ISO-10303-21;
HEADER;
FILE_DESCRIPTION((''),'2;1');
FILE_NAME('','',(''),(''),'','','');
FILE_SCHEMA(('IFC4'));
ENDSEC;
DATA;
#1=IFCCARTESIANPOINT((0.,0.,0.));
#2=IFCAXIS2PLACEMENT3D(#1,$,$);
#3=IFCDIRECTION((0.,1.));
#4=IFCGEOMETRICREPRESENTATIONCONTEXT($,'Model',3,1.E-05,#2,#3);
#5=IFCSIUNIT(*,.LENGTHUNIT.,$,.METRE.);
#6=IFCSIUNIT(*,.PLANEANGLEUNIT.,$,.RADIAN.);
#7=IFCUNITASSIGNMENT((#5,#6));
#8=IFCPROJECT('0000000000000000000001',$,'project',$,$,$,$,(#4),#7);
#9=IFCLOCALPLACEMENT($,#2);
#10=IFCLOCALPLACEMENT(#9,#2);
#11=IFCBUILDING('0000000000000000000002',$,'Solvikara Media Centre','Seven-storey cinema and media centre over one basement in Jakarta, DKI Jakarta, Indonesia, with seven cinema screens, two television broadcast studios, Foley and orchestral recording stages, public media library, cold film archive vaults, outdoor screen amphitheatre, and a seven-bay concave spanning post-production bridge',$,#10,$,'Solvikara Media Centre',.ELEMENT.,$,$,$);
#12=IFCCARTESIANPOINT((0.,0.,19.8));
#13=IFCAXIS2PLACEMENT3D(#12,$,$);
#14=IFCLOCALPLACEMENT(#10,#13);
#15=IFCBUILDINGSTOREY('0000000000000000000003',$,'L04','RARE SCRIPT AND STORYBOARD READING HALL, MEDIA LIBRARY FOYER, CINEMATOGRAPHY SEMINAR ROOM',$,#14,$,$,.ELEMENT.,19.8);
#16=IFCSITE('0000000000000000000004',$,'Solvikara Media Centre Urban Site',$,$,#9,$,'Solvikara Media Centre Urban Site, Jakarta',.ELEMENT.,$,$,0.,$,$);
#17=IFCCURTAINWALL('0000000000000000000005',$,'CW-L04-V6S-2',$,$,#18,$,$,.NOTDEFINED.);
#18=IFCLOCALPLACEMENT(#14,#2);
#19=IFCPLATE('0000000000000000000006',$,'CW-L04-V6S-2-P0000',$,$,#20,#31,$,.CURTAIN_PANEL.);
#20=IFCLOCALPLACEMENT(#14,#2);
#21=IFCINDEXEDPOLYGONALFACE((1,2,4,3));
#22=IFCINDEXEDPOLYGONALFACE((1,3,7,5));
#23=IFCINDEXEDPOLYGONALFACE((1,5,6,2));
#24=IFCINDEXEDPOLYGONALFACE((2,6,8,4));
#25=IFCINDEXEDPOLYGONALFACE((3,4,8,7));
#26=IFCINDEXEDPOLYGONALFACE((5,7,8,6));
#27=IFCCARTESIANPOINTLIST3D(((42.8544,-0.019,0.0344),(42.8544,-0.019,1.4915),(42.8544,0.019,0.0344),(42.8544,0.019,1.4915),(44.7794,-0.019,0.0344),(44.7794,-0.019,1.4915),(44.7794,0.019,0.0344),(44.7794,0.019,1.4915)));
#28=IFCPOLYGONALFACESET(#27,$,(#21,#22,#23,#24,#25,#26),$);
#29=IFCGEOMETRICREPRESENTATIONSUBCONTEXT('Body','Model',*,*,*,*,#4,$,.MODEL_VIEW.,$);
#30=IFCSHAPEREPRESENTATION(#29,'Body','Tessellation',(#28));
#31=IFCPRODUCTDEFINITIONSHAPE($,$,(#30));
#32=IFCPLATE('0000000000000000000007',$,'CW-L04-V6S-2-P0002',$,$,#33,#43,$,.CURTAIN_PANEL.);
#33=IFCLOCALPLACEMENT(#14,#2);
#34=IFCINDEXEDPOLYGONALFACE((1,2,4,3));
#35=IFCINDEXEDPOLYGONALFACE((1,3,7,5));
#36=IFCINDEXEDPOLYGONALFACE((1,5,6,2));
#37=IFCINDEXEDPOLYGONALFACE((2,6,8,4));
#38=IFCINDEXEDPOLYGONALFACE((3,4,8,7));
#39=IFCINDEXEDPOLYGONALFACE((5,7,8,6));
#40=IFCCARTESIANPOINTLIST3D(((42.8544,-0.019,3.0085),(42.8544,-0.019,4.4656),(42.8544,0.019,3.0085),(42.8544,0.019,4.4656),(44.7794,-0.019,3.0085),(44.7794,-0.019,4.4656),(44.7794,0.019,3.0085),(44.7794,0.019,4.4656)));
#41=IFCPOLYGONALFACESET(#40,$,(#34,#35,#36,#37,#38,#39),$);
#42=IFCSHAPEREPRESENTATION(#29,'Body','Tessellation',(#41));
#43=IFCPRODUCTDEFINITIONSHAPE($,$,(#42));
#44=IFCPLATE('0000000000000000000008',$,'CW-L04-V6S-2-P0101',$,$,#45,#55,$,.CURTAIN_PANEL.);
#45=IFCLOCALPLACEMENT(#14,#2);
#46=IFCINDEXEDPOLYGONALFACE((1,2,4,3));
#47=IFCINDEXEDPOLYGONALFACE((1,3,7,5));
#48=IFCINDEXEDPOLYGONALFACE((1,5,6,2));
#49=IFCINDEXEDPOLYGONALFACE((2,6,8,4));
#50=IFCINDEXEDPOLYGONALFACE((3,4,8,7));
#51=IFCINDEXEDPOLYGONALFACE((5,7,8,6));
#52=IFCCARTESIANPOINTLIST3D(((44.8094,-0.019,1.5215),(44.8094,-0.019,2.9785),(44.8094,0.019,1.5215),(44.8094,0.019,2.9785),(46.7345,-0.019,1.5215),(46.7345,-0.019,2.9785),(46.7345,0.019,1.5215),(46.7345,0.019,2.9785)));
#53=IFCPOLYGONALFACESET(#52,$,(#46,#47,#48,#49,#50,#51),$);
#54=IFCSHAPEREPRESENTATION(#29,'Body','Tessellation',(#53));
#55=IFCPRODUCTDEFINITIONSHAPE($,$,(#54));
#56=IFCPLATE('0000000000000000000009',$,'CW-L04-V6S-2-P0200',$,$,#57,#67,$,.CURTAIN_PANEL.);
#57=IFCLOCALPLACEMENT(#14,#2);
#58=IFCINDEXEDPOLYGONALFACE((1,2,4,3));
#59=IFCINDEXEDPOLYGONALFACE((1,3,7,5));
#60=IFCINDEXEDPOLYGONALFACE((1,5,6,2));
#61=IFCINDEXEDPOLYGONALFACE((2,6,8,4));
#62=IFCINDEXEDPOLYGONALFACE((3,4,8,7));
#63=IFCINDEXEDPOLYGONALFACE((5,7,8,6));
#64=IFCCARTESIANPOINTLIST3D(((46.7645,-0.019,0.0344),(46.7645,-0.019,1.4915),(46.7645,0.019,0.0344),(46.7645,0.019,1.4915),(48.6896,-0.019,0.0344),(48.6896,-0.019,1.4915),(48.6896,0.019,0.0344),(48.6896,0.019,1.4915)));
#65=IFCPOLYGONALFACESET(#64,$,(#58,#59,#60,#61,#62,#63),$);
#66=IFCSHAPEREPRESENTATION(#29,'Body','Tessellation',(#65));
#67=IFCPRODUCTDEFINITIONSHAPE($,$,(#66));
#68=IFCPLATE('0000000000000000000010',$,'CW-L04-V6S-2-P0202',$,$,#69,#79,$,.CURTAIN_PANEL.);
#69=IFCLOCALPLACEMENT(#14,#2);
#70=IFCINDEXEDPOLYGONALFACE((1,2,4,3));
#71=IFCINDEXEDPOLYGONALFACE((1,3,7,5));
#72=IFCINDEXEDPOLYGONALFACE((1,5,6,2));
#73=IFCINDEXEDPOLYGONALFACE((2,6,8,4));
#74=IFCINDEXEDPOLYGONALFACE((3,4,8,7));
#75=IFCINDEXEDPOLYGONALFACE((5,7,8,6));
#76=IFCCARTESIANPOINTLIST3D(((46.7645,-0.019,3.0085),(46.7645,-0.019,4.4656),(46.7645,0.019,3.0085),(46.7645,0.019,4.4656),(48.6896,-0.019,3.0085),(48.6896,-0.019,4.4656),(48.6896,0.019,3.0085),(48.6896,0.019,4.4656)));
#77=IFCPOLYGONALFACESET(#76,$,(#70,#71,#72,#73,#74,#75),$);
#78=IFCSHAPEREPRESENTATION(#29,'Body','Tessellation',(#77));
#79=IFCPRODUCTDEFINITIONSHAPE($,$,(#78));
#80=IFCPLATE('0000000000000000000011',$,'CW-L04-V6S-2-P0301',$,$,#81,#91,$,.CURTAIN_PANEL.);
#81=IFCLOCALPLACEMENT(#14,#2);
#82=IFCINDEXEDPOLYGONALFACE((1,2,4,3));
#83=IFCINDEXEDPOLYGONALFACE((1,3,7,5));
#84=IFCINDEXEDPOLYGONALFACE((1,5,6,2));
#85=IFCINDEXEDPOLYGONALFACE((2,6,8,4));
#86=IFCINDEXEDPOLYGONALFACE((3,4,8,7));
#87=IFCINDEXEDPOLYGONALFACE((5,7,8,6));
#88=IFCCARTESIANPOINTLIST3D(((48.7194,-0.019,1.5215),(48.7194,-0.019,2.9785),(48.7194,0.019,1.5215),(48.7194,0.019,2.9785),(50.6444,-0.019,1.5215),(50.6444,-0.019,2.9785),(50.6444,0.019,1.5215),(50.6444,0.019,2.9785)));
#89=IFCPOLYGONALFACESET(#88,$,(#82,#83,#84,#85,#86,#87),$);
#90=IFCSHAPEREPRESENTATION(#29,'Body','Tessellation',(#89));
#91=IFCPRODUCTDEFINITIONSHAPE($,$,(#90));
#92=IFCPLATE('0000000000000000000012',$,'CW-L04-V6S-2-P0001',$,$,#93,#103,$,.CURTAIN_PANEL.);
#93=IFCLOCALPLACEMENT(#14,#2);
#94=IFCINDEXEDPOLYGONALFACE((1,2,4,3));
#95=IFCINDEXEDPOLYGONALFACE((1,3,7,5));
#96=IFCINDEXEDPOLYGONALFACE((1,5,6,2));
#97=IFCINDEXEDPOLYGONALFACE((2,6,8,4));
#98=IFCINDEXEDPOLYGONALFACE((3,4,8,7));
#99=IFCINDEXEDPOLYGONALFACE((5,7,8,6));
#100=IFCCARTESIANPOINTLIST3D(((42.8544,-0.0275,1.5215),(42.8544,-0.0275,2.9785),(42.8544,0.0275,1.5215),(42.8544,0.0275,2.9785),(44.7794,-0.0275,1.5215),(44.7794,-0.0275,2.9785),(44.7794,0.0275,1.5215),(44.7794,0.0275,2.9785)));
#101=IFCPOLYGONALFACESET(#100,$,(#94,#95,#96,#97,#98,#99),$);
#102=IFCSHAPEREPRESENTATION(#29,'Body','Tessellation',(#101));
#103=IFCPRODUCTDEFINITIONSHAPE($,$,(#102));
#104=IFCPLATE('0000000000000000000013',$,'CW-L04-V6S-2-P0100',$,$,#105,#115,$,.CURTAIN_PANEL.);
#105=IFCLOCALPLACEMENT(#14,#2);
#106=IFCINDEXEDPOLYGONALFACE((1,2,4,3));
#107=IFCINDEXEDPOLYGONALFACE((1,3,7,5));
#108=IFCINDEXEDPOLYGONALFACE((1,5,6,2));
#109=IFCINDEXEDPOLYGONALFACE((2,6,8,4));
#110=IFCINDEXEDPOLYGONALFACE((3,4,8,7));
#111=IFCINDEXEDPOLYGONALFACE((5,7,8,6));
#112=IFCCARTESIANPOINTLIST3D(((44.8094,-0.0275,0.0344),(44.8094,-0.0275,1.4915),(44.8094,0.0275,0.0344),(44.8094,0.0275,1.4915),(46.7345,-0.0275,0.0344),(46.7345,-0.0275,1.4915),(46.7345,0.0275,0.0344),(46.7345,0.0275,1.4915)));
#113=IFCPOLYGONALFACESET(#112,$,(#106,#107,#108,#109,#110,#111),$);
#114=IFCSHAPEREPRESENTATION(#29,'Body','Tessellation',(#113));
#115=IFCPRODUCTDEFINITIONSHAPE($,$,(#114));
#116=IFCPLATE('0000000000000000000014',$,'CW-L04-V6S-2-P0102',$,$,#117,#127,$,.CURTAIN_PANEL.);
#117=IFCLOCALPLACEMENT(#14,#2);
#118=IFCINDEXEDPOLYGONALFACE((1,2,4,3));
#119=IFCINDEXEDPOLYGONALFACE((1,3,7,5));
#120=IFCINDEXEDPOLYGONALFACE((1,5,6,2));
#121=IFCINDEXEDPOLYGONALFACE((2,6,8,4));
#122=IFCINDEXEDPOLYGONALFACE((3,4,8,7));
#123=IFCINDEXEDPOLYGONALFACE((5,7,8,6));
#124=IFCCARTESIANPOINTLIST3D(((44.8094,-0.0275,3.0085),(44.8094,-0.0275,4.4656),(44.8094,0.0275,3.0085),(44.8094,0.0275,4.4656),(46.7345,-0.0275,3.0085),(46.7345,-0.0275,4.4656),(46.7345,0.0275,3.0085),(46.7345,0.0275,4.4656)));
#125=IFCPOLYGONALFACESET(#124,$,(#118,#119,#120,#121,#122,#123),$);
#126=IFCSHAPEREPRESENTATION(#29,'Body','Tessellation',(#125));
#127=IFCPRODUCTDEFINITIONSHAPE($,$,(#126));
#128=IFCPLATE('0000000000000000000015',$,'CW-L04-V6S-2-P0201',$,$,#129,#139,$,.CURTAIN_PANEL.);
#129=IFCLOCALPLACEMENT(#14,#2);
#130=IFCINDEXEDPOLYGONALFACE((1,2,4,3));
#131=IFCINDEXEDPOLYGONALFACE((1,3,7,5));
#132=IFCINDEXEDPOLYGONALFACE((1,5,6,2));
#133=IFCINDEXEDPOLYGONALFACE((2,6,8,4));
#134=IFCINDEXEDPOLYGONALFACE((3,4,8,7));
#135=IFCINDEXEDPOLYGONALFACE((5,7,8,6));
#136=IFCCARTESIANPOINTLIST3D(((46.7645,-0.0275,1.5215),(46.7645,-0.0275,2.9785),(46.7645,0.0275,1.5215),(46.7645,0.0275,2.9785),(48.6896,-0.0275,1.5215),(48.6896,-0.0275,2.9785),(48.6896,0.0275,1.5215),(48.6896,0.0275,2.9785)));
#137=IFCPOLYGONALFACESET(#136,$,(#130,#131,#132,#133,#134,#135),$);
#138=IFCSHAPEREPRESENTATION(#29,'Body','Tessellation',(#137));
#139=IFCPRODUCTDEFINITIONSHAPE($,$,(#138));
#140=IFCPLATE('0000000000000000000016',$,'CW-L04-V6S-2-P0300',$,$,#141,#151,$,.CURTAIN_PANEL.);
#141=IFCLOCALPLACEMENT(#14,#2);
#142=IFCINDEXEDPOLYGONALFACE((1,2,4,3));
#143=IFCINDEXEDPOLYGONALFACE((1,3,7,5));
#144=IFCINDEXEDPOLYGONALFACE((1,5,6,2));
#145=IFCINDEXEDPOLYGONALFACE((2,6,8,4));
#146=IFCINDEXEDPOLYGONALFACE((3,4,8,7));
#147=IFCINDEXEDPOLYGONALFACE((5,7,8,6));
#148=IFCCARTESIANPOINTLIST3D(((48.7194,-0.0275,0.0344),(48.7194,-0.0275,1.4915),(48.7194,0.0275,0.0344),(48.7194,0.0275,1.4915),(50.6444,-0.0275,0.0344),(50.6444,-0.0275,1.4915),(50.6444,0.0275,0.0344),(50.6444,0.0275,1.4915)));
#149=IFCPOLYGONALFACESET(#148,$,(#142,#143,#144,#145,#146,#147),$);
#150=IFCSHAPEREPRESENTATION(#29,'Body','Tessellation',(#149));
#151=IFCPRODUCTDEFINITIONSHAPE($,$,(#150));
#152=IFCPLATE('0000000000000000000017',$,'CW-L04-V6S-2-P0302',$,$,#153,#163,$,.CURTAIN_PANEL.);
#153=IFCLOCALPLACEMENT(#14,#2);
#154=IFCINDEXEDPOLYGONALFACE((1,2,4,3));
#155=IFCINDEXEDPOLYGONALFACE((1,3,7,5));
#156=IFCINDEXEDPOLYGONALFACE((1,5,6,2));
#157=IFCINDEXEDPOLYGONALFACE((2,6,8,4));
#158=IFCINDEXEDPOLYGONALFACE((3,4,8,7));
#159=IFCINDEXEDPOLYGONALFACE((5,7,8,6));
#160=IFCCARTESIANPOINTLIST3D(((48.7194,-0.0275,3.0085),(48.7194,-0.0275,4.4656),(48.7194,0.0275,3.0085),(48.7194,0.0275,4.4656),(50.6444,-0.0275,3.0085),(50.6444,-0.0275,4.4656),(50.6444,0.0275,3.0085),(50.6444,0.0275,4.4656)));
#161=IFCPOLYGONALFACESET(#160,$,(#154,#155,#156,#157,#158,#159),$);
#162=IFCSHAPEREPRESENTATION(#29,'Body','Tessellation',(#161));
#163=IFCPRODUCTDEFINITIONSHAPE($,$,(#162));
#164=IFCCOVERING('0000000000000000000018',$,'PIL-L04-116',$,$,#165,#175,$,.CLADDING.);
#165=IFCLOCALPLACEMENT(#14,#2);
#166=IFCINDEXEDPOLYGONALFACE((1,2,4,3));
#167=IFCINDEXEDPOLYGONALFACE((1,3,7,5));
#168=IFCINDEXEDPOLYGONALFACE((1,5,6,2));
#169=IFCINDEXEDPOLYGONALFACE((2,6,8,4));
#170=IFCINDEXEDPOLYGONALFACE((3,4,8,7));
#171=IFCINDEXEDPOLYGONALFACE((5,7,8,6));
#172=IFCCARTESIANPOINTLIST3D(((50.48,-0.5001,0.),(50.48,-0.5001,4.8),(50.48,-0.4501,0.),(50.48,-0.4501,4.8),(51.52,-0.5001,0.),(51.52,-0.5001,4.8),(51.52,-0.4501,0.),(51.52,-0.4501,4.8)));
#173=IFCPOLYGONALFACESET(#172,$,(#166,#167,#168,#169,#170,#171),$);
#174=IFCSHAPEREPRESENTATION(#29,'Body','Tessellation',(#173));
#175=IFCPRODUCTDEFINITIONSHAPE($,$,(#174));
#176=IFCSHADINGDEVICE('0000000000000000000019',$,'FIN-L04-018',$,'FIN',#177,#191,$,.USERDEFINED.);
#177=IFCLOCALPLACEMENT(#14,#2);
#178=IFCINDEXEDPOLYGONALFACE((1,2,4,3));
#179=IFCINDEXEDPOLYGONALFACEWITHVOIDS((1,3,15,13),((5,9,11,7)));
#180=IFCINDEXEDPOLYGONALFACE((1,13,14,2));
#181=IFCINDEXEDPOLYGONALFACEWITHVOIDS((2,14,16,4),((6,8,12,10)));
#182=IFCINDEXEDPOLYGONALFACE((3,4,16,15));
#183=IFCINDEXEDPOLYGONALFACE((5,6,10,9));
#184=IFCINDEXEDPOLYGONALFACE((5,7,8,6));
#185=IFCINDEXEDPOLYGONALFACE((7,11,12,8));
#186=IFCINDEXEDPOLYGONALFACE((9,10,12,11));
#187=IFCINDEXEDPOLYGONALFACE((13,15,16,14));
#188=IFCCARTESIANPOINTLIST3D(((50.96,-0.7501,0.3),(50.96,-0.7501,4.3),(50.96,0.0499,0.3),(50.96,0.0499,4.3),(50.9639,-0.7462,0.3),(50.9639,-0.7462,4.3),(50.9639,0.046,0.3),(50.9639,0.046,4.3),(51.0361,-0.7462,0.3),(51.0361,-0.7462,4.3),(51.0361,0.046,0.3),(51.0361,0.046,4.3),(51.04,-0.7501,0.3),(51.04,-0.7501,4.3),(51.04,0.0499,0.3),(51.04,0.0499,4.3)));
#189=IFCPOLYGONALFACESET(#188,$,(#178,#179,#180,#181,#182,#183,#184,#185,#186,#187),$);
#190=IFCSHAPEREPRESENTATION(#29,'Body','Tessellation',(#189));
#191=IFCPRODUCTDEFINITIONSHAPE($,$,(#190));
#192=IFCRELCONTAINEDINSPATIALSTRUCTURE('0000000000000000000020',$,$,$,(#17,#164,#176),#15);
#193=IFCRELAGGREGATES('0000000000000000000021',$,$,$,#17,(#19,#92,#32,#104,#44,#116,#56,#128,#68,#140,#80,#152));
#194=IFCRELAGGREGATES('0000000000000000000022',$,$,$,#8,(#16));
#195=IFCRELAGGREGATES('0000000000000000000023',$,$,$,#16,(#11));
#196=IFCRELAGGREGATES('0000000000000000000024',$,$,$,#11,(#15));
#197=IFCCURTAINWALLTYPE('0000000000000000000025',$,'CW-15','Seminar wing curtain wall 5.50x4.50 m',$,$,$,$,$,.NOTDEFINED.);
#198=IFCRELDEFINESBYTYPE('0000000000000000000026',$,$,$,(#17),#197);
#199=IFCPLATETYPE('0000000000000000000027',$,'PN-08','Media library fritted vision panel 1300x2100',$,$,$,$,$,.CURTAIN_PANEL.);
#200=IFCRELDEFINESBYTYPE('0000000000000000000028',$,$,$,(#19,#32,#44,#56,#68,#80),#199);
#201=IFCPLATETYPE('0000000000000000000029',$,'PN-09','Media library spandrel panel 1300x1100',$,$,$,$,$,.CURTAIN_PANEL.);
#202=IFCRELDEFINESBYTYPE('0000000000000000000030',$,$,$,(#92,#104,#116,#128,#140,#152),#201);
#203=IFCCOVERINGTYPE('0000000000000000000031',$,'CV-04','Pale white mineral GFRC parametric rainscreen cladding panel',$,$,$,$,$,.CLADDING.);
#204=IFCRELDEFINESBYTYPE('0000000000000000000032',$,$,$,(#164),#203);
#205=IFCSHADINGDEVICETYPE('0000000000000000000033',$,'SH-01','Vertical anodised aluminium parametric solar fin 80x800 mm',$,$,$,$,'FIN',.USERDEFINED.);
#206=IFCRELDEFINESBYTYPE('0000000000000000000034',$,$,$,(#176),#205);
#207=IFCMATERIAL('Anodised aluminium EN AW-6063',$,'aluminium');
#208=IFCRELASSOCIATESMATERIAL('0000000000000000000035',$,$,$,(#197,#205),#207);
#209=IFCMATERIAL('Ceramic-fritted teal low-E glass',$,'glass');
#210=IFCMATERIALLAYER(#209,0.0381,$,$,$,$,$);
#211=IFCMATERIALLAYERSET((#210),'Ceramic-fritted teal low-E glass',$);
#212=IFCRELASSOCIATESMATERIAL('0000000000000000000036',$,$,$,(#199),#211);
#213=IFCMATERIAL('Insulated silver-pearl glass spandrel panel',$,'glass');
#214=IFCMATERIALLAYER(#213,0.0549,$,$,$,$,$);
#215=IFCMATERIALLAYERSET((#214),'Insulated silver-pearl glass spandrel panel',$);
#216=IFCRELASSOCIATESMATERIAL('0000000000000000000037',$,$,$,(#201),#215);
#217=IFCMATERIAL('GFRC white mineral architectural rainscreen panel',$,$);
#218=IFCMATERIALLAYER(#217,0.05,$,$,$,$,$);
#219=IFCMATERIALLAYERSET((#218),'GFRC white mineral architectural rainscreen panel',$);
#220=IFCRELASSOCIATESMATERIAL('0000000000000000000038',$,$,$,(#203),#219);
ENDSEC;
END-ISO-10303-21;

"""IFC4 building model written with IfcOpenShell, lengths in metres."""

from ifc_helpers import new_model, si_unit, direction, frame, origin, origin_2d, place, context, subcontext, project, spatial, rectangle, hollow_rectangle, extrude, material, layer, layer_set, material_profile, profile_set, type_object, element, aggregate, save


model = new_model("IFC4")

# Units and contexts
model_context = context("Model", 3, precision=1e-05, world=origin(), true_north=direction((0.0, 1.0)))
body_context = subcontext(model_context, "Body", "Model", "MODEL_VIEW")
ifc_project = project(units=[si_unit("LENGTHUNIT", "METRE"), si_unit("PLANEANGLEUNIT", "RADIAN")], contexts=[model_context])

# Site, building, storey
site_placement = place(None, origin())
site = spatial("IfcSite", under=ifc_project, at=site_placement, Name="Solvikara Media Centre Urban Site", LongName="Solvikara Media Centre Urban Site, Jakarta", CompositionType="ELEMENT", RefElevation=0.0)
building_placement = place(site_placement, origin())
building = spatial("IfcBuilding", under=site, at=building_placement, Name="Solvikara Media Centre", Description="Seven-storey cinema and media centre over one basement in Jakarta, DKI Jakarta, Indonesia, with seven cinema screens, two television broadcast studios, Foley and orchestral recording stages, public media library, cold film archive vaults, outdoor screen amphitheatre, and a seven-bay concave spanning post-production bridge", LongName="Solvikara Media Centre", CompositionType="ELEMENT")
storey_placement = place(building_placement, frame((0.0, 0.0, 19.8)))
storey = spatial("IfcBuildingStorey", under=building, at=storey_placement, Name="L04", Description="RARE SCRIPT AND STORYBOARD READING HALL, MEDIA LIBRARY FOYER, CINEMATOGRAPHY SEMINAR ROOM", CompositionType="ELEMENT", Elevation=19.8)

# Curtain wall
ifc_material_1 = material(Name="Anodised aluminium EN AW-6063", Category="aluminium")
curtain_wall_type = type_object("IfcCurtainWallType", Name="CW-15", Description="Seminar wing curtain wall 5.50x4.50 m", PredefinedType="NOTDEFINED", material=ifc_material_1)
curtain_wall_placement = place(storey_placement, origin())
curtain_wall = element("IfcCurtainWall", 1, at=curtain_wall_placement, inside=storey, type_object=curtain_wall_type, Name="CW-L04-V6S-2", PredefinedType="NOTDEFINED")

# Plates
ifc_material_2 = material(Name="Ceramic-fritted teal low-E glass", Category="glass")
ifc_layer_1 = layer(ifc_material_2, 0.0381)
ifc_layer_set_1 = layer_set([ifc_layer_1], Name="Ceramic-fritted teal low-E glass")
plate_type_1 = type_object("IfcPlateType", Name="PN-08", Description="Media library fritted vision panel 1300x2100", PredefinedType="CURTAIN_PANEL", material=ifc_layer_set_1)
plate_1_placement = place(storey_placement, frame((43.8169, 0.0, 0.0344), z_axis=(0.0, 0.0, 1.0), x_axis=(1.0, 0.0, 0.0)))
plate_1 = element("IfcPlate", 2, at=plate_1_placement, type_object=plate_type_1, Name="CW-L04-V6S-2-P0000", PredefinedType="CURTAIN_PANEL", context=body_context, shape_type="SweptSolid", body=[
    extrude(rectangle(XDim=1.925, YDim=0.0381, at=origin_2d()), origin(), (0.0, 0.0, 1.0), 1.457),
])
plate_2_placement = place(storey_placement, frame((43.8169, 0.0, 3.0085), z_axis=(0.0, 0.0, 1.0), x_axis=(1.0, 0.0, 0.0)))
plate_2 = element("IfcPlate", 3, at=plate_2_placement, type_object=plate_type_1, Name="CW-L04-V6S-2-P0002", PredefinedType="CURTAIN_PANEL", context=body_context, shape_type="SweptSolid", body=[
    extrude(rectangle(XDim=1.925, YDim=0.0381, at=origin_2d()), origin(), (0.0, 0.0, 1.0), 1.457),
])
plate_3_placement = place(storey_placement, frame((45.772, 0.0, 1.5215), z_axis=(0.0, 0.0, 1.0), x_axis=(1.0, 0.0, 0.0)))
plate_3 = element("IfcPlate", 4, at=plate_3_placement, type_object=plate_type_1, Name="CW-L04-V6S-2-P0101", PredefinedType="CURTAIN_PANEL", context=body_context, shape_type="SweptSolid", body=[
    extrude(rectangle(XDim=1.925, YDim=0.0381, at=origin_2d()), origin(), (0.0, 0.0, 1.0), 1.457),
])
plate_4_placement = place(storey_placement, frame((47.7271, 0.0, 0.0344), z_axis=(0.0, 0.0, 1.0), x_axis=(1.0, 0.0, 0.0)))
plate_4 = element("IfcPlate", 5, at=plate_4_placement, type_object=plate_type_1, Name="CW-L04-V6S-2-P0200", PredefinedType="CURTAIN_PANEL", context=body_context, shape_type="SweptSolid", body=[
    extrude(rectangle(XDim=1.925, YDim=0.0381, at=origin_2d()), origin(), (0.0, 0.0, 1.0), 1.457),
])
plate_5_placement = place(storey_placement, frame((47.7271, 0.0, 3.0085), z_axis=(0.0, 0.0, 1.0), x_axis=(1.0, 0.0, 0.0)))
plate_5 = element("IfcPlate", 6, at=plate_5_placement, type_object=plate_type_1, Name="CW-L04-V6S-2-P0202", PredefinedType="CURTAIN_PANEL", context=body_context, shape_type="SweptSolid", body=[
    extrude(rectangle(XDim=1.925, YDim=0.0381, at=origin_2d()), origin(), (0.0, 0.0, 1.0), 1.457),
])
plate_6_placement = place(storey_placement, frame((49.6819, 0.0, 1.5215), z_axis=(0.0, 0.0, 1.0), x_axis=(1.0, 0.0, 0.0)))
plate_6 = element("IfcPlate", 7, at=plate_6_placement, type_object=plate_type_1, Name="CW-L04-V6S-2-P0301", PredefinedType="CURTAIN_PANEL", context=body_context, shape_type="SweptSolid", body=[
    extrude(rectangle(XDim=1.925, YDim=0.0381, at=origin_2d()), origin(), (0.0, 0.0, 1.0), 1.457),
])
ifc_material_3 = material(Name="Insulated silver-pearl glass spandrel panel", Category="glass")
ifc_layer_2 = layer(ifc_material_3, 0.0549)
ifc_layer_set_2 = layer_set([ifc_layer_2], Name="Insulated silver-pearl glass spandrel panel")
plate_type_2 = type_object("IfcPlateType", Name="PN-09", Description="Media library spandrel panel 1300x1100", PredefinedType="CURTAIN_PANEL", material=ifc_layer_set_2)
plate_7_placement = place(storey_placement, frame((43.8169, 0.0, 1.5215), z_axis=(0.0, 0.0, 1.0), x_axis=(1.0, 0.0, 0.0)))
plate_7 = element("IfcPlate", 8, at=plate_7_placement, type_object=plate_type_2, Name="CW-L04-V6S-2-P0001", PredefinedType="CURTAIN_PANEL", context=body_context, shape_type="SweptSolid", body=[
    extrude(rectangle(XDim=1.925, YDim=0.0549, at=origin_2d()), origin(), (0.0, 0.0, 1.0), 1.457),
])
plate_8_placement = place(storey_placement, frame((45.772, 0.0, 0.0344), z_axis=(0.0, 0.0, 1.0), x_axis=(1.0, 0.0, 0.0)))
plate_8 = element("IfcPlate", 9, at=plate_8_placement, type_object=plate_type_2, Name="CW-L04-V6S-2-P0100", PredefinedType="CURTAIN_PANEL", context=body_context, shape_type="SweptSolid", body=[
    extrude(rectangle(XDim=1.925, YDim=0.0549, at=origin_2d()), origin(), (0.0, 0.0, 1.0), 1.457),
])
plate_9_placement = place(storey_placement, frame((45.772, 0.0, 3.0085), z_axis=(0.0, 0.0, 1.0), x_axis=(1.0, 0.0, 0.0)))
plate_9 = element("IfcPlate", 10, at=plate_9_placement, type_object=plate_type_2, Name="CW-L04-V6S-2-P0102", PredefinedType="CURTAIN_PANEL", context=body_context, shape_type="SweptSolid", body=[
    extrude(rectangle(XDim=1.925, YDim=0.0549, at=origin_2d()), origin(), (0.0, 0.0, 1.0), 1.457),
])
plate_10_placement = place(storey_placement, frame((47.7271, 0.0, 1.5215), z_axis=(0.0, 0.0, 1.0), x_axis=(1.0, 0.0, 0.0)))
plate_10 = element("IfcPlate", 11, at=plate_10_placement, type_object=plate_type_2, Name="CW-L04-V6S-2-P0201", PredefinedType="CURTAIN_PANEL", context=body_context, shape_type="SweptSolid", body=[
    extrude(rectangle(XDim=1.925, YDim=0.0549, at=origin_2d()), origin(), (0.0, 0.0, 1.0), 1.457),
])
plate_11_placement = place(storey_placement, frame((49.6819, 0.0, 0.0344), z_axis=(0.0, 0.0, 1.0), x_axis=(1.0, 0.0, 0.0)))
plate_11 = element("IfcPlate", 12, at=plate_11_placement, type_object=plate_type_2, Name="CW-L04-V6S-2-P0300", PredefinedType="CURTAIN_PANEL", context=body_context, shape_type="SweptSolid", body=[
    extrude(rectangle(XDim=1.925, YDim=0.0549, at=origin_2d()), origin(), (0.0, 0.0, 1.0), 1.457),
])
plate_12_placement = place(storey_placement, frame((49.6819, 0.0, 3.0085), z_axis=(0.0, 0.0, 1.0), x_axis=(1.0, 0.0, 0.0)))
plate_12 = element("IfcPlate", 13, at=plate_12_placement, type_object=plate_type_2, Name="CW-L04-V6S-2-P0302", PredefinedType="CURTAIN_PANEL", context=body_context, shape_type="SweptSolid", body=[
    extrude(rectangle(XDim=1.925, YDim=0.0549, at=origin_2d()), origin(), (0.0, 0.0, 1.0), 1.457),
])
aggregate(curtain_wall, [plate_1, plate_7, plate_2, plate_8, plate_3, plate_9, plate_4, plate_10, plate_5, plate_11, plate_6, plate_12])

# Covering
ifc_material_4 = material(Name="GFRC white mineral architectural rainscreen panel")
ifc_layer_3 = layer(ifc_material_4, 0.05)
ifc_layer_set_3 = layer_set([ifc_layer_3], Name="GFRC white mineral architectural rainscreen panel")
covering_type = type_object("IfcCoveringType", Name="CV-04", Description="Pale white mineral GFRC parametric rainscreen cladding panel", PredefinedType="CLADDING", material=ifc_layer_set_3)
covering_placement = place(storey_placement, frame((51.0, -0.4751, 0.0), z_axis=(0.0, 0.0, 1.0), x_axis=(1.0, 0.0, 0.0)))
element("IfcCovering", 14, at=covering_placement, inside=storey, type_object=covering_type, Name="PIL-L04-116", PredefinedType="CLADDING", context=body_context, shape_type="SweptSolid", body=[
    extrude(rectangle(XDim=1.04, YDim=0.05, at=origin_2d()), origin(), (0.0, 0.0, 1.0), 4.8),
])

# Shading device
ifc_material_profile_1 = material_profile(ifc_material_1, hollow_rectangle(XDim=0.0801, YDim=0.8, WallThickness=0.0039, at=origin_2d()), Name="ALU-FIN 80x800x4")
ifc_profile_set_1 = profile_set([ifc_material_profile_1], Name="Anodised aluminium EN AW-6063")
shading_device_type = type_object("IfcShadingDeviceType", Name="SH-01", Description="Vertical anodised aluminium parametric solar fin 80x800 mm", ElementType="FIN", PredefinedType="USERDEFINED", material=ifc_profile_set_1)
shading_device_placement = place(storey_placement, frame((51.0, -0.3501, 0.3), z_axis=(0.0, 0.0, 1.0), x_axis=(1.0, 0.0, 0.0)))
element("IfcShadingDevice", 15, at=shading_device_placement, inside=storey, type_object=shading_device_type, Name="FIN-L04-018", ObjectType="FIN", PredefinedType="USERDEFINED", context=body_context, shape_type="SweptSolid", body=[
    extrude(hollow_rectangle(XDim=0.0801, YDim=0.8, WallThickness=0.0039, at=origin_2d()), origin(), (0.0, 0.0, 1.0), 4.0),
])

save(model, "model.ifc")
